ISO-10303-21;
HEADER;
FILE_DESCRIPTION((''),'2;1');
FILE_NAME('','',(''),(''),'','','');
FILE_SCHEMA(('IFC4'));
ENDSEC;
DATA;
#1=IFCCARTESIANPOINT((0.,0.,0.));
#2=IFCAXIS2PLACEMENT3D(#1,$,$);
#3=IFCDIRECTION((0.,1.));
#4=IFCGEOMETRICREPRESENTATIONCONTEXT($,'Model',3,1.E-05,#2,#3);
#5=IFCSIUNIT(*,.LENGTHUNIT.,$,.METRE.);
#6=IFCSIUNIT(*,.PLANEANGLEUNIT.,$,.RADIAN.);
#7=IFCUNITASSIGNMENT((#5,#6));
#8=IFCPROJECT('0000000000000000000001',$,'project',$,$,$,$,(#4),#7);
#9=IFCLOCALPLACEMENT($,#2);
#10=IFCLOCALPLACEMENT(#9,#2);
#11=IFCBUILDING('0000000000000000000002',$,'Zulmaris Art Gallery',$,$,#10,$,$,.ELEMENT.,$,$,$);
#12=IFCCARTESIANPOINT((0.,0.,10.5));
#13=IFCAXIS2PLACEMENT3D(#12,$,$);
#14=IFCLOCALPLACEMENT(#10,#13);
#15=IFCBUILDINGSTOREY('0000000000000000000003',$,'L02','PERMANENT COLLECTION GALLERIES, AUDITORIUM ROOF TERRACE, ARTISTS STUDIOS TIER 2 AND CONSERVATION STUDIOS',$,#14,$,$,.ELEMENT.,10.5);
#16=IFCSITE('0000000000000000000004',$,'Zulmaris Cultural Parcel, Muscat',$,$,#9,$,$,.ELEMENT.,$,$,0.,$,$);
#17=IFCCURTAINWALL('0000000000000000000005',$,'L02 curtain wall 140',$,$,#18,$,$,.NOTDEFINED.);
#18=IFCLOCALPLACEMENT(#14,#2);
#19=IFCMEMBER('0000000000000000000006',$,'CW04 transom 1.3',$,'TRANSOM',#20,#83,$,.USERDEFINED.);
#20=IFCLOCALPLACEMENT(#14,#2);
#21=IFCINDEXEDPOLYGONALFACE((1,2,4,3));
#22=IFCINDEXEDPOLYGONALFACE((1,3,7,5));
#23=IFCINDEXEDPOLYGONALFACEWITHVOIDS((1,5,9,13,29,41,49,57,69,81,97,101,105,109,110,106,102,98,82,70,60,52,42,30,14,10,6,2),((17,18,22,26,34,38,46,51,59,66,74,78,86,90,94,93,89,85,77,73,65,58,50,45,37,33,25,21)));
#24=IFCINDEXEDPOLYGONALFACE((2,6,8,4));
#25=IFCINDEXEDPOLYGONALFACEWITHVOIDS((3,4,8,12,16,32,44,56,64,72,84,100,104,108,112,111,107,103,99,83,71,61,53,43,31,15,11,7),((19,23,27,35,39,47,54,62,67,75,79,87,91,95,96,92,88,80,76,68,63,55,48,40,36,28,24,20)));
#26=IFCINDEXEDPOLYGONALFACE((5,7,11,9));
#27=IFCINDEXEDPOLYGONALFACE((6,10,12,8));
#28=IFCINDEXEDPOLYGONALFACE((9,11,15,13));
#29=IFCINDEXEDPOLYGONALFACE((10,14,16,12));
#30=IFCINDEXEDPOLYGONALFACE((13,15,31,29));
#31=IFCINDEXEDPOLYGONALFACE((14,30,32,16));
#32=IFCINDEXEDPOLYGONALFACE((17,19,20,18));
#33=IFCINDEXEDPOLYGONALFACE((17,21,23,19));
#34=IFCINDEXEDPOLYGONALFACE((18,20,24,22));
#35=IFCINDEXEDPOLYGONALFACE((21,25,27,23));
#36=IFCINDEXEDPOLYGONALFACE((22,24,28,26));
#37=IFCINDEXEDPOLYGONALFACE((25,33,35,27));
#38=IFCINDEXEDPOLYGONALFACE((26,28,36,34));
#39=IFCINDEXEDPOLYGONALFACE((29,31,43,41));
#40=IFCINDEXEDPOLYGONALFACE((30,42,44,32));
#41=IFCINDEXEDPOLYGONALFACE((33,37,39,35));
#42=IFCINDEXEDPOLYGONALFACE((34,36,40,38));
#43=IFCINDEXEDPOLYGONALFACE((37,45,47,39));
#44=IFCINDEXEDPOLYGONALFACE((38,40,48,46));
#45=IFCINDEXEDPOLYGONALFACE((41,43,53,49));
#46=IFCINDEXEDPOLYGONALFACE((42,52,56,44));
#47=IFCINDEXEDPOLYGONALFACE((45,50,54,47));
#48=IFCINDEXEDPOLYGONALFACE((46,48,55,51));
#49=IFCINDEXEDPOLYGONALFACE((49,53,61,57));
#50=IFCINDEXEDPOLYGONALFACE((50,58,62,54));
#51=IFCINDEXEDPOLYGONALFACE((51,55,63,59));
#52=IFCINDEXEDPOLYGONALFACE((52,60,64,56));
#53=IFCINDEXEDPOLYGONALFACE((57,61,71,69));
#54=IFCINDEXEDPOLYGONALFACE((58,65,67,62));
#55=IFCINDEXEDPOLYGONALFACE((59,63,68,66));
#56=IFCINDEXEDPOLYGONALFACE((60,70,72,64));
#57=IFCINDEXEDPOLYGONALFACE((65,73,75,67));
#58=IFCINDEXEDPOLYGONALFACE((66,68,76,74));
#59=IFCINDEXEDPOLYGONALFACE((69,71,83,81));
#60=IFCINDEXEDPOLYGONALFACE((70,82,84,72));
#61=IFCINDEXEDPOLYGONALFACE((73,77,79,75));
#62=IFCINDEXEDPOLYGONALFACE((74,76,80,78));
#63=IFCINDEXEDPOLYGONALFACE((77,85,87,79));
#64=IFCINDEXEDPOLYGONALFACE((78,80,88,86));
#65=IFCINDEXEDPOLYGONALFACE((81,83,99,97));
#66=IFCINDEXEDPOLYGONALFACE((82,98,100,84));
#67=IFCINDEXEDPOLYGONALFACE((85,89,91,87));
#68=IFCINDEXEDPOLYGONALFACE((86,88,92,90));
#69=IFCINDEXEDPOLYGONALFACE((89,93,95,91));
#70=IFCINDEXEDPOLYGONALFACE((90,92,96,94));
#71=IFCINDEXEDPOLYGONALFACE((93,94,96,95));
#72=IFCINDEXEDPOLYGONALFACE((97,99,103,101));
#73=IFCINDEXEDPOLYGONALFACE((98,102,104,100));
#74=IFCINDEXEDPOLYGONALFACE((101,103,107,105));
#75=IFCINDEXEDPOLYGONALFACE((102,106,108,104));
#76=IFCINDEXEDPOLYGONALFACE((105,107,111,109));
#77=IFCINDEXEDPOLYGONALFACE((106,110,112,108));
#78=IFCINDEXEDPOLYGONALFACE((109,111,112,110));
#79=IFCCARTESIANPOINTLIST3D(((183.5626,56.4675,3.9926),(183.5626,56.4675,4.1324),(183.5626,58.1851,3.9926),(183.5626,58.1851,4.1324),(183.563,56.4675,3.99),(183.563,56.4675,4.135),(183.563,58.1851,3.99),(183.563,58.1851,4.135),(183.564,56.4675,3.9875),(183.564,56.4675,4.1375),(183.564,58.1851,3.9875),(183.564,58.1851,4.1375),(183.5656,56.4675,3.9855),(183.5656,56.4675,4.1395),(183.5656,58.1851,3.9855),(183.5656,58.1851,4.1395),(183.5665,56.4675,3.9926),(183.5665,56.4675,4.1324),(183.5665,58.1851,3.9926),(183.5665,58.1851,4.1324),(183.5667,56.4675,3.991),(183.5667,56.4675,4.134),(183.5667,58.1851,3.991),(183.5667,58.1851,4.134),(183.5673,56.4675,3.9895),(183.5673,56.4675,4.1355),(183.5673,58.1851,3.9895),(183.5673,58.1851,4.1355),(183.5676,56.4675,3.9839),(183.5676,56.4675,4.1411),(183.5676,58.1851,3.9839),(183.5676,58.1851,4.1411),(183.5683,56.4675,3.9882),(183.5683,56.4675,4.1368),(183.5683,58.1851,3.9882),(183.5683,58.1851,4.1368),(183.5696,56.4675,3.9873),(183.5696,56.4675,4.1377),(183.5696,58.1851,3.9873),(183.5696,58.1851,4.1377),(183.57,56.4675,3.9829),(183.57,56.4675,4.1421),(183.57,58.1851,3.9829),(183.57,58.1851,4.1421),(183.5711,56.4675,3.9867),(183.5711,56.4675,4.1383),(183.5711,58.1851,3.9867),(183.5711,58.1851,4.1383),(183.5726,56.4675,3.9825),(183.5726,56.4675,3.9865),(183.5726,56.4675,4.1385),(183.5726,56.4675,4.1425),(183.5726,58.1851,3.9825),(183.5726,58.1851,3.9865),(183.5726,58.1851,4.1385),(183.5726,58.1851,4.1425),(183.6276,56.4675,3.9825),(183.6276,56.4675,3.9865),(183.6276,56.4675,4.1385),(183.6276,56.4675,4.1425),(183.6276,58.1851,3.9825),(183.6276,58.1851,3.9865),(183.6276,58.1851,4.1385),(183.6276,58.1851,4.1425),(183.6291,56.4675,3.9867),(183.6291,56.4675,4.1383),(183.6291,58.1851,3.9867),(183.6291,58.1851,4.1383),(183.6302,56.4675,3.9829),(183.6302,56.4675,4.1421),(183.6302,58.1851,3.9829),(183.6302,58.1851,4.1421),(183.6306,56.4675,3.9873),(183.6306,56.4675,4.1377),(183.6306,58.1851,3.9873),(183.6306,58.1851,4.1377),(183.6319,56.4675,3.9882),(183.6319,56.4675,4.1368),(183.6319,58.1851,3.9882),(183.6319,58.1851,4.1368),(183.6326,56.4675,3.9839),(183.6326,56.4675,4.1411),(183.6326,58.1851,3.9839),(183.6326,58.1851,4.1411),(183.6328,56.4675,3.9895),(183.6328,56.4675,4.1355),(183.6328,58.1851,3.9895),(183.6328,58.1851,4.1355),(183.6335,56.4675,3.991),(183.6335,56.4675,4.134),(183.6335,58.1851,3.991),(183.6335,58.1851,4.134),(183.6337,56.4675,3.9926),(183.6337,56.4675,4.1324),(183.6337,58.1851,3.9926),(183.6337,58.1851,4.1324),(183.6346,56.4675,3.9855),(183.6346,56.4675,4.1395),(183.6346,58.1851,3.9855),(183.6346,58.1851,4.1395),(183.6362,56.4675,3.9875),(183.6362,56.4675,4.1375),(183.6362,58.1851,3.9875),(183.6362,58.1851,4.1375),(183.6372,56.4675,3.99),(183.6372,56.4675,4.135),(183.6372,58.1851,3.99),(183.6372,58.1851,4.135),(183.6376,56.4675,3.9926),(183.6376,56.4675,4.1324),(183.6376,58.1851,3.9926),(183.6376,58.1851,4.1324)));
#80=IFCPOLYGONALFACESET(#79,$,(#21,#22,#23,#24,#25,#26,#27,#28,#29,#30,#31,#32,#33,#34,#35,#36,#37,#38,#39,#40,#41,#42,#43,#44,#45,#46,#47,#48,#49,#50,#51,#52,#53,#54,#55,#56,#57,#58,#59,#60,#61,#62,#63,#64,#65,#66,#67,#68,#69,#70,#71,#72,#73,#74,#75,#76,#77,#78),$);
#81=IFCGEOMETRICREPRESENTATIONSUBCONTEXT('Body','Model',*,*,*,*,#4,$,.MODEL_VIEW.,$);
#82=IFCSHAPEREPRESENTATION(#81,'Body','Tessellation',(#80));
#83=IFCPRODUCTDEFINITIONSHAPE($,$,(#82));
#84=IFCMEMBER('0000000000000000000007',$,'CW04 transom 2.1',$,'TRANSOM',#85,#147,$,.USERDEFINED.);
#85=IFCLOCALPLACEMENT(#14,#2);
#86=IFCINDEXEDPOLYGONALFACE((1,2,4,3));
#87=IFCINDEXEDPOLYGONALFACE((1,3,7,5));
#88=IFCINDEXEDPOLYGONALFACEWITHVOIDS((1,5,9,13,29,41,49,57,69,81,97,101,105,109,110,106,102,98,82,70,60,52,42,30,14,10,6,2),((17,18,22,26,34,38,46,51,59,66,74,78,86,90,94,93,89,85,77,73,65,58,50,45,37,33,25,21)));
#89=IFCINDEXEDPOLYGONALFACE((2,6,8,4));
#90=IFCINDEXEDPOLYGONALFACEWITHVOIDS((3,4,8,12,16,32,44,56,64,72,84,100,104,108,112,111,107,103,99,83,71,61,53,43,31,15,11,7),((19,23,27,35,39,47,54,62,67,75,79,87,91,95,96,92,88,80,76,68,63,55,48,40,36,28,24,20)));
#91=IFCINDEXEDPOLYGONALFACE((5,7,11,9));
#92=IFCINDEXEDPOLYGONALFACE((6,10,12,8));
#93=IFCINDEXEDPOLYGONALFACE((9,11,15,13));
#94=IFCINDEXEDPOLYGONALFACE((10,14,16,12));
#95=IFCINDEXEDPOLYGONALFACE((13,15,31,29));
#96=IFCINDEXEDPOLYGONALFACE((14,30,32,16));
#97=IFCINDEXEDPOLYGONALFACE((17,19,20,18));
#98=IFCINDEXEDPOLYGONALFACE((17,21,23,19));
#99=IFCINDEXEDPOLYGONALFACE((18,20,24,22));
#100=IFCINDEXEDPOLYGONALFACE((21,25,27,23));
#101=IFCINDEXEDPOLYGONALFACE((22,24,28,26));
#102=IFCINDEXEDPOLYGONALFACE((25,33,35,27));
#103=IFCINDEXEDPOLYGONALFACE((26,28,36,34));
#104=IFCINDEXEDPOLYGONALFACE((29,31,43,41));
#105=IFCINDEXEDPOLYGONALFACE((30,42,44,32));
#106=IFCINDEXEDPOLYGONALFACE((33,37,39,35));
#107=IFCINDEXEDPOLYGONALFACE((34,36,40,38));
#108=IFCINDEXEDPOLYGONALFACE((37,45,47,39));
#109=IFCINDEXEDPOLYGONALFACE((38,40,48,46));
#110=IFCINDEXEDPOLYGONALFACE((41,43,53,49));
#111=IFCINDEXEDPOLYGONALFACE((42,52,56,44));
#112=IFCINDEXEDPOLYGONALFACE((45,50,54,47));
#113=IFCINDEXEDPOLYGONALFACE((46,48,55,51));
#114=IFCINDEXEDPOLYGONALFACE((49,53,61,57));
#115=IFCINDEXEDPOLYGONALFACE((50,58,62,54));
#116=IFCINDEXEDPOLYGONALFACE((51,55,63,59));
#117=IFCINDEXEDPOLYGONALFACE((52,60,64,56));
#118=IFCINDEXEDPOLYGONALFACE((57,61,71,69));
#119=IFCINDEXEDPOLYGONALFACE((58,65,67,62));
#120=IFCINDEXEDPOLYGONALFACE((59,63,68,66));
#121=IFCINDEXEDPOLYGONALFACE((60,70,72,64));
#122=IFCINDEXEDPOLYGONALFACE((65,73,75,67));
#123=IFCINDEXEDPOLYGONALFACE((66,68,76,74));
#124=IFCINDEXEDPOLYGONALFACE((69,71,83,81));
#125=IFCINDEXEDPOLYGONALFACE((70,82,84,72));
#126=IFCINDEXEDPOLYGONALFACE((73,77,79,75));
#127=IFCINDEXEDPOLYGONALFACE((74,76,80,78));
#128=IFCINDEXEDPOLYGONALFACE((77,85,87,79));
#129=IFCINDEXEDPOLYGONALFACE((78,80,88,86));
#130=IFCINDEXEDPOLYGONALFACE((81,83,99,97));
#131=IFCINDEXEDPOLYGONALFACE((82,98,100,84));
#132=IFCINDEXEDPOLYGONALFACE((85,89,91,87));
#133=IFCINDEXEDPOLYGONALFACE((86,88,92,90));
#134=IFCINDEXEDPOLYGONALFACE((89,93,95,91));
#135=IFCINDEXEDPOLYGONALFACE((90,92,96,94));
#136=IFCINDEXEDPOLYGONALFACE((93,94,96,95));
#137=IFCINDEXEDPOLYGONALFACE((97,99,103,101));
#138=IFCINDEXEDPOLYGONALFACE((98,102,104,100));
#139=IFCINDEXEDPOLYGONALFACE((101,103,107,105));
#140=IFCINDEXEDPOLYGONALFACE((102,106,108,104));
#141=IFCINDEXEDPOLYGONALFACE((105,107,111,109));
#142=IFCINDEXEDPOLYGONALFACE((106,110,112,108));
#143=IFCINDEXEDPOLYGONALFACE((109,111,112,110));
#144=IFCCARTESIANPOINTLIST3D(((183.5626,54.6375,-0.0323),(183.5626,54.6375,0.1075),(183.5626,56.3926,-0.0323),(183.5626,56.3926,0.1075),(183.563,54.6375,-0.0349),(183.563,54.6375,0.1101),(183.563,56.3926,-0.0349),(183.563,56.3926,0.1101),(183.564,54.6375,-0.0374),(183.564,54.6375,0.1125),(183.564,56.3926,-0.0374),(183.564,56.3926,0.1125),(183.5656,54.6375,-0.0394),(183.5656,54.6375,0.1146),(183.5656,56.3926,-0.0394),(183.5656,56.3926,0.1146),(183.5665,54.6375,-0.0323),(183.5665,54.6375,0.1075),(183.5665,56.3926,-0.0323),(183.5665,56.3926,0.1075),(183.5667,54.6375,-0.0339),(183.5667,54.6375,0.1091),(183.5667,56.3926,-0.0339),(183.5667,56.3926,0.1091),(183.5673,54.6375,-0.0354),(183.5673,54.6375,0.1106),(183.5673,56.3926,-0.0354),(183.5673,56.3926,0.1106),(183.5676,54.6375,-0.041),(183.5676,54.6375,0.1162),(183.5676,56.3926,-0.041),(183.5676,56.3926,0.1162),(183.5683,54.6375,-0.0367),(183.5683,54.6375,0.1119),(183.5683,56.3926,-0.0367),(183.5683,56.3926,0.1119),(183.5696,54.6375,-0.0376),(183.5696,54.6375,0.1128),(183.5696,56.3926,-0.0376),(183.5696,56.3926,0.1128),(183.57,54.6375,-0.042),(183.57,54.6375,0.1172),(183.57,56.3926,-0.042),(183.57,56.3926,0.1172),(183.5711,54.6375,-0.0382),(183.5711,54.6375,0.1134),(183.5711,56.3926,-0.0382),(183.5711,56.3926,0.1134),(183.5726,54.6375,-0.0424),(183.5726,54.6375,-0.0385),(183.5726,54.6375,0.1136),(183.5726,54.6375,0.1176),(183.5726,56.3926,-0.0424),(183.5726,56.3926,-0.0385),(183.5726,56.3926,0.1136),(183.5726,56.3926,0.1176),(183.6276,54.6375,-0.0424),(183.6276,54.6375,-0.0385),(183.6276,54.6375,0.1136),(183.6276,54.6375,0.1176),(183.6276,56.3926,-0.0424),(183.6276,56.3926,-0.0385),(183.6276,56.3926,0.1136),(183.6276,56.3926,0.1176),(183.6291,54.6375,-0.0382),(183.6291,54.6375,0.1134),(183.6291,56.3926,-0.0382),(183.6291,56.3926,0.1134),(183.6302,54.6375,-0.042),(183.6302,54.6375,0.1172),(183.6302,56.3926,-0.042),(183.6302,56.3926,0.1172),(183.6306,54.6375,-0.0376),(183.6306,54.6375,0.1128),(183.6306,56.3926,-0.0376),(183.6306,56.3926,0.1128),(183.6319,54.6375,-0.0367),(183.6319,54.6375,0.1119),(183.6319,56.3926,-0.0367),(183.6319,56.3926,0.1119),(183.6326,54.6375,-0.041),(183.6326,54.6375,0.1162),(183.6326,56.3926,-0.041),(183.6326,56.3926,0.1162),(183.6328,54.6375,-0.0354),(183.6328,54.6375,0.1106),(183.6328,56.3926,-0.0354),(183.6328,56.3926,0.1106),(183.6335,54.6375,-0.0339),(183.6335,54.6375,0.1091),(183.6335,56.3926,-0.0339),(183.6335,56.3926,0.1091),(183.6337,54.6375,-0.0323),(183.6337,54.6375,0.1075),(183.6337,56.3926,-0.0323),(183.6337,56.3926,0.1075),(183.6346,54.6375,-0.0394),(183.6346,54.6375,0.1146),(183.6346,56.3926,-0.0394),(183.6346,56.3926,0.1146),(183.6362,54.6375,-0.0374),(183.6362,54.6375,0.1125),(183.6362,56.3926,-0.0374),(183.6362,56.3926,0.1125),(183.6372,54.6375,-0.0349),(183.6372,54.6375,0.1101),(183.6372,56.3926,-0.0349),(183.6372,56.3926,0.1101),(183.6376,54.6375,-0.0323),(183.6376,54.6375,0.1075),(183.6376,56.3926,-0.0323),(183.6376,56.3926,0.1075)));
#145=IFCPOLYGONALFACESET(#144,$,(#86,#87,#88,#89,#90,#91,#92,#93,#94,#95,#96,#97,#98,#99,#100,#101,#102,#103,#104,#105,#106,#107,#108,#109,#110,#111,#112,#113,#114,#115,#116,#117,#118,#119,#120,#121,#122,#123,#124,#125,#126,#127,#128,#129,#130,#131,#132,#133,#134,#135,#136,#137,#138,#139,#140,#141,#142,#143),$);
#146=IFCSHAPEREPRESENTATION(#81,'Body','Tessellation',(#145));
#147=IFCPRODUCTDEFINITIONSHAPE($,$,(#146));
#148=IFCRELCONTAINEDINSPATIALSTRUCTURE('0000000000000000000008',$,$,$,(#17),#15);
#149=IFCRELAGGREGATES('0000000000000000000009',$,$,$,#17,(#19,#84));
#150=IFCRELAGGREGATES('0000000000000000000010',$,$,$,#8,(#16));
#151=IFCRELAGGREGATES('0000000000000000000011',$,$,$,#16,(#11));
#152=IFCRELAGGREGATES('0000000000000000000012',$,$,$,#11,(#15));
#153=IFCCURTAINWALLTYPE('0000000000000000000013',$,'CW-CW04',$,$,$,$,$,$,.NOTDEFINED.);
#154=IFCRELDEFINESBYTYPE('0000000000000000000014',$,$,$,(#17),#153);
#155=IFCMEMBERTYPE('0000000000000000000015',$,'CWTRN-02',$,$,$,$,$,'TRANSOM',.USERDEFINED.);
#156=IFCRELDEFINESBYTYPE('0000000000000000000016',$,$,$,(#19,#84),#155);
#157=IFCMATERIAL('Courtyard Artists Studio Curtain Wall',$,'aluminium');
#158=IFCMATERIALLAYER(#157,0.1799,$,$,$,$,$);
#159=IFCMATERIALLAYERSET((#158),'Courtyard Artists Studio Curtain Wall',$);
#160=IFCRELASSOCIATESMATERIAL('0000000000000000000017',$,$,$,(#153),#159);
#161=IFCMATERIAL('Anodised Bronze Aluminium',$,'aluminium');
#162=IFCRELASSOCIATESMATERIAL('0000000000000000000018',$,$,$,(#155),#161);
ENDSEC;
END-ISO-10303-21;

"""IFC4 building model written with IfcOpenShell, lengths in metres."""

from ifc_helpers import new_model, si_unit, direction, frame, origin, origin_2d, place, context, subcontext, project, spatial, hollow_rectangle, extrude, material, layer, layer_set, material_profile, profile_set, type_object, element, aggregate, save


model = new_model("IFC4")

# Units and contexts
model_context = context("Model", 3, precision=1e-05, world=origin(), true_north=direction((0.0, 1.0)))
body_context = subcontext(model_context, "Body", "Model", "MODEL_VIEW")
ifc_project = project(units=[si_unit("LENGTHUNIT", "METRE"), si_unit("PLANEANGLEUNIT", "RADIAN")], contexts=[model_context])

# Site, building, storey
site_placement = place(None, origin())
site = spatial("IfcSite", under=ifc_project, at=site_placement, Name="Zulmaris Cultural Parcel, Muscat", CompositionType="ELEMENT", RefElevation=0.0)
building_placement = place(site_placement, origin())
building = spatial("IfcBuilding", under=site, at=building_placement, Name="Zulmaris Art Gallery", CompositionType="ELEMENT")
storey_placement = place(building_placement, frame((0.0, 0.0, 10.5)))
storey = spatial("IfcBuildingStorey", under=building, at=storey_placement, Name="L02", Description="PERMANENT COLLECTION GALLERIES, AUDITORIUM ROOF TERRACE, ARTISTS STUDIOS TIER 2 AND CONSERVATION STUDIOS", CompositionType="ELEMENT", Elevation=10.5)

# Curtain wall, members
ifc_material_1 = material(Name="Courtyard Artists Studio Curtain Wall", Category="aluminium")
ifc_layer_1 = layer(ifc_material_1, 0.1799)
ifc_layer_set_1 = layer_set([ifc_layer_1], Name="Courtyard Artists Studio Curtain Wall")
curtain_wall_type = type_object("IfcCurtainWallType", Name="CW-CW04", PredefinedType="NOTDEFINED", material=ifc_layer_set_1)
curtain_wall_placement = place(storey_placement, origin())
curtain_wall = element("IfcCurtainWall", 1, at=curtain_wall_placement, inside=storey, type_object=curtain_wall_type, Name="L02 curtain wall 140", PredefinedType="NOTDEFINED")
ifc_material_2 = material(Name="Anodised Bronze Aluminium", Category="aluminium")
ifc_material_profile_1 = material_profile(ifc_material_2, hollow_rectangle(XDim=0.075, YDim=0.1599, WallThickness=0.0039, InnerFilletRadius=0.0061, OuterFilletRadius=0.01, at=origin_2d()), Name="ALU 75x160x4")
ifc_profile_set_1 = profile_set([ifc_material_profile_1], Name="Anodised Bronze Aluminium")
member_type_1 = type_object("IfcMemberType", Name="CWTRN-02", ElementType="TRANSOM", PredefinedType="USERDEFINED", material=ifc_profile_set_1)
member_1_placement = place(storey_placement, frame((183.6001, 58.1851, 4.0625), z_axis=(0.0, -1.0, 0.0), x_axis=(1.0, 0.0, 0.0)))
member_1 = element("IfcMember", 2, at=member_1_placement, type_object=member_type_1, Name="CW04 transom 1.3", ObjectType="TRANSOM", PredefinedType="USERDEFINED", context=body_context, shape_type="SweptSolid", body=[
    extrude(hollow_rectangle(XDim=0.075, YDim=0.1599, WallThickness=0.0039, InnerFilletRadius=0.0061, OuterFilletRadius=0.01, at=origin_2d()), origin(), (0.0, 0.0, 1.0), 1.7175),
])
member_2_placement = place(storey_placement, frame((183.6001, 56.3926, 0.0376), z_axis=(0.0, -1.0, 0.0), x_axis=(1.0, 0.0, 0.0)))
member_2 = element("IfcMember", 3, at=member_2_placement, type_object=member_type_1, Name="CW04 transom 2.1", ObjectType="TRANSOM", PredefinedType="USERDEFINED", context=body_context, shape_type="SweptSolid", body=[
    extrude(hollow_rectangle(XDim=0.075, YDim=0.1599, WallThickness=0.0039, InnerFilletRadius=0.0061, OuterFilletRadius=0.01, at=origin_2d()), origin(), (0.0, 0.0, 1.0), 1.7551),
])
aggregate(curtain_wall, [member_1, member_2])

save(model, "model.ifc")
